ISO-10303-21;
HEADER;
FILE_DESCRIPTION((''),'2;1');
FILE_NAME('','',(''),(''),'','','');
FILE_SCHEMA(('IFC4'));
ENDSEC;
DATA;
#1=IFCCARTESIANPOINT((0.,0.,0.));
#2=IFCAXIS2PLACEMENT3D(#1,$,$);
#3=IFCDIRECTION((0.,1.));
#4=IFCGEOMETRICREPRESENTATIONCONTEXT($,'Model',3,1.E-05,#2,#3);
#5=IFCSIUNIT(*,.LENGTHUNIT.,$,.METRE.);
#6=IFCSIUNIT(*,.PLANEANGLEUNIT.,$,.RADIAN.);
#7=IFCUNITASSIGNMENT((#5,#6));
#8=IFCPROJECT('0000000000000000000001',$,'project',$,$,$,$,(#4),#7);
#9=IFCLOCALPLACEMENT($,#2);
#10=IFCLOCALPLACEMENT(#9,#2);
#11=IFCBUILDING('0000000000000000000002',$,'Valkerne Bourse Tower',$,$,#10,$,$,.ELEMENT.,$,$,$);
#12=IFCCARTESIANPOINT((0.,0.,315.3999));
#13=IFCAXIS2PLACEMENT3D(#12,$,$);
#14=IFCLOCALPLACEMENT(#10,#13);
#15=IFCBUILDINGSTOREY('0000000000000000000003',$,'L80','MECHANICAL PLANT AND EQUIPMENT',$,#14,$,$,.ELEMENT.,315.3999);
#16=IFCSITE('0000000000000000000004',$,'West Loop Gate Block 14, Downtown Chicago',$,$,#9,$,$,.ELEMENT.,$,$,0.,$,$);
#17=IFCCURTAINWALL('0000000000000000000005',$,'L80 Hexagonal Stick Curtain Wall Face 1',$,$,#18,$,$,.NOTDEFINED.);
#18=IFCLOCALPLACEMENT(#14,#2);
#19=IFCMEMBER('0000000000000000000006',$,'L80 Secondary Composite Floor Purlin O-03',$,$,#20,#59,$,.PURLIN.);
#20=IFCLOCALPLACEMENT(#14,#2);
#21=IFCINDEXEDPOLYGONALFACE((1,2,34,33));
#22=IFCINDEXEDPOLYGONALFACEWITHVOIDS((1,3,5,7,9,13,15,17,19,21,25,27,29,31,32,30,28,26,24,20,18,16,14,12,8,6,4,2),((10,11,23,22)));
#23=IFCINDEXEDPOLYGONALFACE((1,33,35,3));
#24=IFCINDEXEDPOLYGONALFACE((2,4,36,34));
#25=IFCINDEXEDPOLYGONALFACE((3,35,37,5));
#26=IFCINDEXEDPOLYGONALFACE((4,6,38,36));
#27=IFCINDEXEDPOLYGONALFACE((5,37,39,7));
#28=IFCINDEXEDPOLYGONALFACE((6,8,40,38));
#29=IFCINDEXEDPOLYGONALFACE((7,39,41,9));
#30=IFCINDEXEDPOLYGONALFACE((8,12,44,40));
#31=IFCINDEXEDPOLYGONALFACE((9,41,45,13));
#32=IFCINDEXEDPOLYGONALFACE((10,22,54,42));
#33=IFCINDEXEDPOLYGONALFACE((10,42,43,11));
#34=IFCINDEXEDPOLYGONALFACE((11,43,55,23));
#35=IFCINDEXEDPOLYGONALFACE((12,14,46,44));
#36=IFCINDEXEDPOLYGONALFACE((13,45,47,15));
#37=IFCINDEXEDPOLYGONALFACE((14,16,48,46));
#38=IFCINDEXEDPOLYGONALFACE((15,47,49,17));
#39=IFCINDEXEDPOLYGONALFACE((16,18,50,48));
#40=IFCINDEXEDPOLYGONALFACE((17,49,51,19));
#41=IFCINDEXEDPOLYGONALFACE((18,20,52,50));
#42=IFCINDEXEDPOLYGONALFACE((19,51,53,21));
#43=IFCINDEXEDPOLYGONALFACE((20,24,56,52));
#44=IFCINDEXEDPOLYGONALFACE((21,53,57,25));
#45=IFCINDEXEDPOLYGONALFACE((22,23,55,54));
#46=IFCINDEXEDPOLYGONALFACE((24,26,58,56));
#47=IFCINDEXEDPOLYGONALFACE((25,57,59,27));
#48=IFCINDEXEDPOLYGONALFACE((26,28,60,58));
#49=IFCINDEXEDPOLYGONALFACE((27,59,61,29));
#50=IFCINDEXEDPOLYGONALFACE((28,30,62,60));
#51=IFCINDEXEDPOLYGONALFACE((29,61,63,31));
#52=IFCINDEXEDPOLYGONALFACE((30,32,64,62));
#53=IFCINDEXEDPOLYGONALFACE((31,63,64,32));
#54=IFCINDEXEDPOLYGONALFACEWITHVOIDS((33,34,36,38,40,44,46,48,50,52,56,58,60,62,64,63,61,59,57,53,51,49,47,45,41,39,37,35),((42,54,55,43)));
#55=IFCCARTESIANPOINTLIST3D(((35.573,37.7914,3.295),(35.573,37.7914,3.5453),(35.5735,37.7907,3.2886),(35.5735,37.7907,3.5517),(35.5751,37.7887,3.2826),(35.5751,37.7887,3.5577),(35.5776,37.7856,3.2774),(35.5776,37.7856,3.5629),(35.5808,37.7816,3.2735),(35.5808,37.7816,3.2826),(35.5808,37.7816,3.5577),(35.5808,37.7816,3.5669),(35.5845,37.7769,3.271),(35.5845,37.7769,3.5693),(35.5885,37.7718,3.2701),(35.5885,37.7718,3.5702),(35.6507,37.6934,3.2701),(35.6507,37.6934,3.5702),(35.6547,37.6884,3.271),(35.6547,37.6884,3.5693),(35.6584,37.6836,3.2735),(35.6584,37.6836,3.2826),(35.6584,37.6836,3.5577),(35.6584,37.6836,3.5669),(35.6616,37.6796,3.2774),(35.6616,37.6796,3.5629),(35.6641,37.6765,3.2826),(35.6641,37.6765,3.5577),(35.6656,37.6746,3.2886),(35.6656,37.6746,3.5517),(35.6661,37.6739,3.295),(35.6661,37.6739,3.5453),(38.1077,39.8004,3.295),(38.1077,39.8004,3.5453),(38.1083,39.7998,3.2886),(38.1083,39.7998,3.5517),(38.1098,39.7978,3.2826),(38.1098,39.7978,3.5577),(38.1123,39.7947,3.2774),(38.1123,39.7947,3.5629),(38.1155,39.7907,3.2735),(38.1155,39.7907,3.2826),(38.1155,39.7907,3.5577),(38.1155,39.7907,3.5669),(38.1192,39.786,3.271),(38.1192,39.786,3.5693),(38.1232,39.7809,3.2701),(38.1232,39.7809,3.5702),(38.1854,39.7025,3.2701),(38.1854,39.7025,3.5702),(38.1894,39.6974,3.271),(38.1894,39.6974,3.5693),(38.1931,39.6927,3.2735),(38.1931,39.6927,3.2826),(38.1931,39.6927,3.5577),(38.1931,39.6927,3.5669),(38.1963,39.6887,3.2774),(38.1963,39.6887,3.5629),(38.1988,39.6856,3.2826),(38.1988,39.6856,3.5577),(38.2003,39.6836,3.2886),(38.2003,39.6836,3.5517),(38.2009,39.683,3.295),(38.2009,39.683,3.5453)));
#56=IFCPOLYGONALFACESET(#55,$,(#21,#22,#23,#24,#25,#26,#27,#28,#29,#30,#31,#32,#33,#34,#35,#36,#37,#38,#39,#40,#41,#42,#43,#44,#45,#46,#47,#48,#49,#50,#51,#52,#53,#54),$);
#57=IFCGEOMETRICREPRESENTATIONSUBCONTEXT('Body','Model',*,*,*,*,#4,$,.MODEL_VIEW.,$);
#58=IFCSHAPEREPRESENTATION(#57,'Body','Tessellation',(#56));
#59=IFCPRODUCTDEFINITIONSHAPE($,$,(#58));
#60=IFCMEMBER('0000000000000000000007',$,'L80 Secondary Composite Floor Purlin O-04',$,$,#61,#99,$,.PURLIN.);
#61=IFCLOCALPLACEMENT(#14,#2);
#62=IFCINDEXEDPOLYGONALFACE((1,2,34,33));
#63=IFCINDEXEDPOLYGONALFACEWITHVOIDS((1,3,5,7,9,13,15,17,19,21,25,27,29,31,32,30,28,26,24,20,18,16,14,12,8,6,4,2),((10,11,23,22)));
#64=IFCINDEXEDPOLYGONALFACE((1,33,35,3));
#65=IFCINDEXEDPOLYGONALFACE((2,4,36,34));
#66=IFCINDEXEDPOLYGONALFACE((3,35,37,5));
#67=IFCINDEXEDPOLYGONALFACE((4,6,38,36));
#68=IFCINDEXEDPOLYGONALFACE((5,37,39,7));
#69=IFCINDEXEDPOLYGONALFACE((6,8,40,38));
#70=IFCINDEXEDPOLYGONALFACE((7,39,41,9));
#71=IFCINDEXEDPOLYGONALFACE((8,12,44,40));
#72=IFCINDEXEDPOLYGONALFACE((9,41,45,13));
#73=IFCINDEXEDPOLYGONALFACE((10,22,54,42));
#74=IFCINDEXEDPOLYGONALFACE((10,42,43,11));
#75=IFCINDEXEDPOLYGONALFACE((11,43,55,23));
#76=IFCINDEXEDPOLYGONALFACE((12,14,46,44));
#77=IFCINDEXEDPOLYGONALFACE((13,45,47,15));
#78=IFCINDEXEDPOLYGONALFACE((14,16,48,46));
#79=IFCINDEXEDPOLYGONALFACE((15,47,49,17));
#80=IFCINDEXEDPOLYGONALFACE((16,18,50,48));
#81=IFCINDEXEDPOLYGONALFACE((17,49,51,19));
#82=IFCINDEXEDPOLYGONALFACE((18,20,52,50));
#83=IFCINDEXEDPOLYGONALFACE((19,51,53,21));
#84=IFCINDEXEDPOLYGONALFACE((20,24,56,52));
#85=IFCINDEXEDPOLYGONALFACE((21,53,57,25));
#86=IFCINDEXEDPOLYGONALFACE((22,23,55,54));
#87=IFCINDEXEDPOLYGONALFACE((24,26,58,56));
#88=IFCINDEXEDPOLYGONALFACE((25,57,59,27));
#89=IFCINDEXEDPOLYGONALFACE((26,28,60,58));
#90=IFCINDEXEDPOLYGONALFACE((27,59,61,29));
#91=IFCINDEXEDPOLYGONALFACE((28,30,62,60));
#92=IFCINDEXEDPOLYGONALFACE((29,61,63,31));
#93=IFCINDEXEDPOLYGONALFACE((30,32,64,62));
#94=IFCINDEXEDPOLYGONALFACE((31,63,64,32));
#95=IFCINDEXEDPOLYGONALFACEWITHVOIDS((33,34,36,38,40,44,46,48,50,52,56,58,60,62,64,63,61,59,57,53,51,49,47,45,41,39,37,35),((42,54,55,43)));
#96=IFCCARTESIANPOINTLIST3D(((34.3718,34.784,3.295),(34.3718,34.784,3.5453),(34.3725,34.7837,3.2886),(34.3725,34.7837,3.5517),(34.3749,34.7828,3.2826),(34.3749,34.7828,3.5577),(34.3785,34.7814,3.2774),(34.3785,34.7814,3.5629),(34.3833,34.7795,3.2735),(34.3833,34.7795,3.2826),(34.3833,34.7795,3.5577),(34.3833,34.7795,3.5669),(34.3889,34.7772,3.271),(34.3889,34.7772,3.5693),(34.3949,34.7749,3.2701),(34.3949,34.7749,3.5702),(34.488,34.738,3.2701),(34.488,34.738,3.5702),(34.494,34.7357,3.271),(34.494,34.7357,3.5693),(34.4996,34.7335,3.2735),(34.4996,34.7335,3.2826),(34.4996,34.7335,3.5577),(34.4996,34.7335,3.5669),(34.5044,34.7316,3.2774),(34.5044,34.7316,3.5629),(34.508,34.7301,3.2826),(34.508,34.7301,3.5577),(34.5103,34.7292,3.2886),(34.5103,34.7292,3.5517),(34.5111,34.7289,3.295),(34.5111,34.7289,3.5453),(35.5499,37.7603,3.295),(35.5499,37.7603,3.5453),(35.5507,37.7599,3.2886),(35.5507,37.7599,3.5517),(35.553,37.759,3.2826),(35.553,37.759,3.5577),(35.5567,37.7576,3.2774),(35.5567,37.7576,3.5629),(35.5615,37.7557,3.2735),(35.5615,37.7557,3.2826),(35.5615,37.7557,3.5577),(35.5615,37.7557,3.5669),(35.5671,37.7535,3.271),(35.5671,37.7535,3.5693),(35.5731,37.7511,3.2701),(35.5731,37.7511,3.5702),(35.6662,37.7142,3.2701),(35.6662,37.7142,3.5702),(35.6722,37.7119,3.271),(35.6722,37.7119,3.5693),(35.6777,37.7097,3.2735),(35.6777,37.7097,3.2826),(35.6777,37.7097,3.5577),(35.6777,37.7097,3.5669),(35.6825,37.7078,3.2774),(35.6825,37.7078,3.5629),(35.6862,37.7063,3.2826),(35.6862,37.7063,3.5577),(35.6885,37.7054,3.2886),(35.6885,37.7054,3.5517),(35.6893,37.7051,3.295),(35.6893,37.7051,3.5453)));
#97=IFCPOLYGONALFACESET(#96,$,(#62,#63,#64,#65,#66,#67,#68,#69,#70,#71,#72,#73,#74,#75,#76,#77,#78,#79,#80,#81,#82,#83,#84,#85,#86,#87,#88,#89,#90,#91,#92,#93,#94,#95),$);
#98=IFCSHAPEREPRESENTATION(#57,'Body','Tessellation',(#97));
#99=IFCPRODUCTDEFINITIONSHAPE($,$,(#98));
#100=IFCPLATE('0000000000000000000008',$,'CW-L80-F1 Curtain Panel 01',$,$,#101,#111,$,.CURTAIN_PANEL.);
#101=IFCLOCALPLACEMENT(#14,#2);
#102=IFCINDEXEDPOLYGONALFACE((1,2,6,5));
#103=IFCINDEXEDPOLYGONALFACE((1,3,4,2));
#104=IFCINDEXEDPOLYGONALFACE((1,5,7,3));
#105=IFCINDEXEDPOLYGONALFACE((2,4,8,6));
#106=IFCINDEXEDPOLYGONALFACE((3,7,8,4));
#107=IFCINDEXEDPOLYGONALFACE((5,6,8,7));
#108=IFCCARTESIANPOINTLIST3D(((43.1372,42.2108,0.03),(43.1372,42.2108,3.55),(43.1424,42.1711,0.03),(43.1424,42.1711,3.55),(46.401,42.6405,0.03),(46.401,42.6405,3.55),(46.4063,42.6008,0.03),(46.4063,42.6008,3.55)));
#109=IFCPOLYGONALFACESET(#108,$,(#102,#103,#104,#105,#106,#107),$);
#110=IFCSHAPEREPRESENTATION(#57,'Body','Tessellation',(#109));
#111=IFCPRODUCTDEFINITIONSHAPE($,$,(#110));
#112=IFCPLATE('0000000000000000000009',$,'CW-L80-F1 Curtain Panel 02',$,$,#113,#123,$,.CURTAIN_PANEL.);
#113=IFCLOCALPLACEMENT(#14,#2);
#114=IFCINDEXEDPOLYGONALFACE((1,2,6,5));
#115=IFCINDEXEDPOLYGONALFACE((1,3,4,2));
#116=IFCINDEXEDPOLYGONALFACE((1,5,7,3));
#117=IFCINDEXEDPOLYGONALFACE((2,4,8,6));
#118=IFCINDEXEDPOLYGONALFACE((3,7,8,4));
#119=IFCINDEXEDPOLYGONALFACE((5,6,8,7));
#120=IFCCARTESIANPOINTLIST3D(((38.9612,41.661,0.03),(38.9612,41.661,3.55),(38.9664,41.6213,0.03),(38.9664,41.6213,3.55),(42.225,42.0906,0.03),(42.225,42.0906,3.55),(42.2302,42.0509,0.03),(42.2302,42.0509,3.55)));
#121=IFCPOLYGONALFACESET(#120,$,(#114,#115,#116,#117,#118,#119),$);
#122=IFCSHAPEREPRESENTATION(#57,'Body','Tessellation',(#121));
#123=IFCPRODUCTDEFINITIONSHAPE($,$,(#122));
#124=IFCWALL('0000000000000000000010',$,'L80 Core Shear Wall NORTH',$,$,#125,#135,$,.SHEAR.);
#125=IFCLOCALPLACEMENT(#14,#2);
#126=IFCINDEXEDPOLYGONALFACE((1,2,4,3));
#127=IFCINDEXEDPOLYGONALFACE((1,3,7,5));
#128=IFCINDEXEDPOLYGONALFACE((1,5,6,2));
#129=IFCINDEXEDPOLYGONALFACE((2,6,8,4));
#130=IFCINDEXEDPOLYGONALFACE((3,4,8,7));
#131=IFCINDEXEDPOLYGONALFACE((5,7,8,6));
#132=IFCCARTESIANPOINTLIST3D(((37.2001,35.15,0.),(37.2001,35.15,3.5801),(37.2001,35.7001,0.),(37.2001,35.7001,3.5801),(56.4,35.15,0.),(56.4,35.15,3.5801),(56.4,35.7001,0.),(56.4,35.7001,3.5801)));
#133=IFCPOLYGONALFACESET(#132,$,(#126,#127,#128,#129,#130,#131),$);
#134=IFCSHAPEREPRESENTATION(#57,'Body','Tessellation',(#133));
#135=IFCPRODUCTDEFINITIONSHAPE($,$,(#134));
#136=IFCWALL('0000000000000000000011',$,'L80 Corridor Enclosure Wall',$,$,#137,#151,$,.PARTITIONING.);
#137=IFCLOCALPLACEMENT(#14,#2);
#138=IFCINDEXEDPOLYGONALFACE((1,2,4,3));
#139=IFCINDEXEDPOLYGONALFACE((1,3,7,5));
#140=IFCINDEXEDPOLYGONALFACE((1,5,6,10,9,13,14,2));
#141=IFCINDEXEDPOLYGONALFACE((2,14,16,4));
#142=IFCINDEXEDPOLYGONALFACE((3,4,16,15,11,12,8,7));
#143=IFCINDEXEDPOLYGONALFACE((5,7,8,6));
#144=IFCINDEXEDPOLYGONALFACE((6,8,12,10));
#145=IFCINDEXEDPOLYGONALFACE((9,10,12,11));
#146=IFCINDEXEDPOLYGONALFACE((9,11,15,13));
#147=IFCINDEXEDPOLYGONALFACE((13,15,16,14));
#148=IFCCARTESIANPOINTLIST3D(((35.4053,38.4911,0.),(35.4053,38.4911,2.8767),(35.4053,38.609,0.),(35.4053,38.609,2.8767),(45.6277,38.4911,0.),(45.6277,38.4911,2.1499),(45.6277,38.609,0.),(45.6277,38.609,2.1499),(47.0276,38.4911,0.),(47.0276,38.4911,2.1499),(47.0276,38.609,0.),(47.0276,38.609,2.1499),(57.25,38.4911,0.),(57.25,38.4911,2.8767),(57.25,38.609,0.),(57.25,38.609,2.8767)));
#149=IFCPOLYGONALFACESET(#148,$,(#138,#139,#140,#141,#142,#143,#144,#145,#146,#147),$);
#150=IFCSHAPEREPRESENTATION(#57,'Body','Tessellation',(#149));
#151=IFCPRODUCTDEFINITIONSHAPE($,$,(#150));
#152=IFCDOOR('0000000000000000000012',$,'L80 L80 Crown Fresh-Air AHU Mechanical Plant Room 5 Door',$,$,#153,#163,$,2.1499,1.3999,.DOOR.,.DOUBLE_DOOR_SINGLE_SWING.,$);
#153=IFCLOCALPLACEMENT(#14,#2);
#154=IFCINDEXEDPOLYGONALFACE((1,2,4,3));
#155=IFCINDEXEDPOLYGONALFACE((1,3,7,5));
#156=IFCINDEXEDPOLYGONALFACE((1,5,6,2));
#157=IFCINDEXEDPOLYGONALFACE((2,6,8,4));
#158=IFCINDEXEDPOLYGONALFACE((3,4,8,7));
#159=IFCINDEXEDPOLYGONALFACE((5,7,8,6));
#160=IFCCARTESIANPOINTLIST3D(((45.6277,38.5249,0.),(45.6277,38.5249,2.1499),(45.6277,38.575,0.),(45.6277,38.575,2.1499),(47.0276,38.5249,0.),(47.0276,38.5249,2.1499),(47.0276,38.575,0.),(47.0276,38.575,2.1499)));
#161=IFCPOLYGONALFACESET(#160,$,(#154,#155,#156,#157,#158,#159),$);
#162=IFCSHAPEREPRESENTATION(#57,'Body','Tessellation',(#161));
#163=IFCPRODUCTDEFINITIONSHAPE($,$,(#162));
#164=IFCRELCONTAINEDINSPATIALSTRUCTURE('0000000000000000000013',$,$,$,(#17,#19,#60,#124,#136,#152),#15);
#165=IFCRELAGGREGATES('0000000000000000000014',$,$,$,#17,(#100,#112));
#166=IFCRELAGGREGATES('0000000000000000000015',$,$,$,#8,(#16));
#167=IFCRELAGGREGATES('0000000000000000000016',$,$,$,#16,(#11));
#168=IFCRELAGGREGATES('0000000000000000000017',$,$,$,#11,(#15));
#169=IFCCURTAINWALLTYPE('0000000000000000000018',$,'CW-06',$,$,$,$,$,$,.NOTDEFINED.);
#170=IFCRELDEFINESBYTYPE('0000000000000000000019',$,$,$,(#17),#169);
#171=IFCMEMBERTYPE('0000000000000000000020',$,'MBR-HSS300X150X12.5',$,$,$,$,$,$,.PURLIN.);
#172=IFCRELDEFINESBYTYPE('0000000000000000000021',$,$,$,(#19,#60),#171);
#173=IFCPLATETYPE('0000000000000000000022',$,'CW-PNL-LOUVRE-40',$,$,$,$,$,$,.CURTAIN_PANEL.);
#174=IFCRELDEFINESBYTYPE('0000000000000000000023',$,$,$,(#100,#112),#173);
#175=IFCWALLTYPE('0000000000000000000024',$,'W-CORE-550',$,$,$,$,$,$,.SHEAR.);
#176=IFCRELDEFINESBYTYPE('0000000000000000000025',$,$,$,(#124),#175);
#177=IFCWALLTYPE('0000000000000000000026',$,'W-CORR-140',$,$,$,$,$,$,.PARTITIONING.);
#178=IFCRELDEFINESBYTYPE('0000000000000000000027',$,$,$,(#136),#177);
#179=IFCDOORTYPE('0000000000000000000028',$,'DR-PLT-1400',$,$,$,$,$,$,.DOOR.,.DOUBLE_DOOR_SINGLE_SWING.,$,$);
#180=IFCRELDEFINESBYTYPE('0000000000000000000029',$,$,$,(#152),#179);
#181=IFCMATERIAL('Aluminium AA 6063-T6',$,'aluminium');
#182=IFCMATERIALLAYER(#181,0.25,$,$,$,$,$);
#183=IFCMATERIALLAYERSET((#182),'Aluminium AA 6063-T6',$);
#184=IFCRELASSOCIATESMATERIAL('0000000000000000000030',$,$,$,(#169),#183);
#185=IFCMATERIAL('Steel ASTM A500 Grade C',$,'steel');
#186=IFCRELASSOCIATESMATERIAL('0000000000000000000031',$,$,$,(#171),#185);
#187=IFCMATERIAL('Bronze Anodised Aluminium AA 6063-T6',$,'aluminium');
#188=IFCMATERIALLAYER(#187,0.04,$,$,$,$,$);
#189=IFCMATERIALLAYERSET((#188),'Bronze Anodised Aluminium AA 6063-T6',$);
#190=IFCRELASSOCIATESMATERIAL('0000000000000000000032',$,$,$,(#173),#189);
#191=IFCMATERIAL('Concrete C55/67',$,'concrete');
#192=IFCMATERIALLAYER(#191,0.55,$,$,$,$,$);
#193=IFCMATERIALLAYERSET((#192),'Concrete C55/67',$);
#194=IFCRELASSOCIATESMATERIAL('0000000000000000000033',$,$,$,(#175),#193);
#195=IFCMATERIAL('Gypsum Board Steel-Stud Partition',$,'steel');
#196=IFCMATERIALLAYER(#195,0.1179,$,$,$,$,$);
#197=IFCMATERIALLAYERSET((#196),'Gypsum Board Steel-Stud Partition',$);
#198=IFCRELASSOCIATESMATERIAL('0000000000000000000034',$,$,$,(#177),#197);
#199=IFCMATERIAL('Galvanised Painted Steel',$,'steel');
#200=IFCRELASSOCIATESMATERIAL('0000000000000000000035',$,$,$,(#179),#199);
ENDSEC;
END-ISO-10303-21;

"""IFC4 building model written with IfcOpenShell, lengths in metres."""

from ifc_helpers import new_model, si_unit, direction, frame, frame_2d, origin, origin_2d, place, context, subcontext, project, spatial, rectangle, hollow_rectangle, extrude, material, layer, layer_set, material_profile, profile_set, type_object, element, fill, aggregate, save


model = new_model("IFC4")

# Units and contexts
model_context = context("Model", 3, precision=1e-05, world=origin(), true_north=direction((0.0, 1.0)))
body_context = subcontext(model_context, "Body", "Model", "MODEL_VIEW")
ifc_project = project(units=[si_unit("LENGTHUNIT", "METRE"), si_unit("PLANEANGLEUNIT", "RADIAN")], contexts=[model_context])

# Site, building, storey
site_placement = place(None, origin())
site = spatial("IfcSite", under=ifc_project, at=site_placement, Name="West Loop Gate Block 14, Downtown Chicago", CompositionType="ELEMENT", RefElevation=0.0)
building_placement = place(site_placement, origin())
building = spatial("IfcBuilding", under=site, at=building_placement, Name="Valkerne Bourse Tower", CompositionType="ELEMENT")
storey_placement = place(building_placement, frame((0.0, 0.0, 315.3999)))
storey = spatial("IfcBuildingStorey", under=building, at=storey_placement, Name="L80", Description="MECHANICAL PLANT AND EQUIPMENT", CompositionType="ELEMENT", Elevation=315.3999)

# Shared definitions
ifc_material_1 = material(Name="Steel ASTM A500 Grade C", Category="steel")

# Curtain wall
ifc_material_2 = material(Name="Aluminium AA 6063-T6", Category="aluminium")
ifc_layer_1 = layer(ifc_material_2, 0.25)
ifc_layer_set_1 = layer_set([ifc_layer_1], Name="Aluminium AA 6063-T6")
curtain_wall_type = type_object("IfcCurtainWallType", Name="CW-06", PredefinedType="NOTDEFINED", material=ifc_layer_set_1)
curtain_wall_placement = place(storey_placement, origin())
curtain_wall = element("IfcCurtainWall", 1, at=curtain_wall_placement, inside=storey, type_object=curtain_wall_type, Name="L80 Hexagonal Stick Curtain Wall Face 1", PredefinedType="NOTDEFINED")

# Members
ifc_material_profile_1 = material_profile(ifc_material_1, hollow_rectangle(XDim=0.1499, YDim=0.3, WallThickness=0.0125, OuterFilletRadius=0.0249, at=origin_2d()), Name="HSS300X150X12.5")
ifc_profile_set_1 = profile_set([ifc_material_profile_1], Name="Steel ASTM A500 Grade C")
member_type_1 = type_object("IfcMemberType", Name="MBR-HSS300X150X12.5", PredefinedType="PURLIN", material=ifc_profile_set_1)
member_1_placement = place(storey_placement, frame((38.1543, 39.7417, 3.4202), z_axis=(-0.783681, -0.621163, 0.0), x_axis=(0.621163, -0.783681, 0.0)))
element("IfcMember", 2, at=member_1_placement, inside=storey, type_object=member_type_1, Name="L80 Secondary Composite Floor Purlin O-03", PredefinedType="PURLIN", context=body_context, shape_type="SweptSolid", body=[
    extrude(hollow_rectangle(XDim=0.1499, YDim=0.3, WallThickness=0.0125, OuterFilletRadius=0.0249, at=origin_2d()), origin(), (0.0, 0.0, 1.0), 3.2344),
])
member_2_placement = place(storey_placement, frame((35.6196, 37.7327, 3.4202), z_axis=(-0.368075, -0.929796, 0.0), x_axis=(0.929796, -0.368075, 0.0)))
element("IfcMember", 3, at=member_2_placement, inside=storey, type_object=member_type_1, Name="L80 Secondary Composite Floor Purlin O-04", PredefinedType="PURLIN", context=body_context, shape_type="SweptSolid", body=[
    extrude(hollow_rectangle(XDim=0.1499, YDim=0.3, WallThickness=0.0125, OuterFilletRadius=0.0249, at=origin_2d()), origin(), (0.0, 0.0, 1.0), 3.2009),
])

# Plates
ifc_material_3 = material(Name="Bronze Anodised Aluminium AA 6063-T6", Category="aluminium")
ifc_layer_2 = layer(ifc_material_3, 0.04)
ifc_layer_set_2 = layer_set([ifc_layer_2], Name="Bronze Anodised Aluminium AA 6063-T6")
plate_type = type_object("IfcPlateType", Name="CW-PNL-LOUVRE-40", PredefinedType="CURTAIN_PANEL", material=ifc_layer_set_2)
plate_1_placement = place(storey_placement, frame((44.7717, 42.4058, 0.03), z_axis=(0.0, 0.0, 1.0), x_axis=(-0.991444, -0.130534, 0.0)))
plate_1 = element("IfcPlate", 4, at=plate_1_placement, type_object=plate_type, Name="CW-L80-F1 Curtain Panel 01", PredefinedType="CURTAIN_PANEL", context=body_context, shape_type="SweptSolid", body=[
    extrude(rectangle(XDim=3.292, YDim=0.04, at=origin_2d()), origin(), (0.0, 0.0, 1.0), 3.52),
])
plate_2_placement = place(storey_placement, frame((40.5957, 41.856, 0.03), z_axis=(0.0, 0.0, 1.0), x_axis=(-0.991447, -0.130507, 0.0)))
plate_2 = element("IfcPlate", 5, at=plate_2_placement, type_object=plate_type, Name="CW-L80-F1 Curtain Panel 02", PredefinedType="CURTAIN_PANEL", context=body_context, shape_type="SweptSolid", body=[
    extrude(rectangle(XDim=3.292, YDim=0.04, at=origin_2d()), origin(), (0.0, 0.0, 1.0), 3.52),
])
aggregate(curtain_wall, [plate_1, plate_2])

# Wall
ifc_material_4 = material(Name="Concrete C55/67", Category="concrete")
ifc_layer_3 = layer(ifc_material_4, 0.55)
ifc_layer_set_3 = layer_set([ifc_layer_3], Name="Concrete C55/67")
wall_type_1 = type_object("IfcWallType", Name="W-CORE-550", PredefinedType="SHEAR", material=ifc_layer_set_3)
wall_1_placement = place(storey_placement, frame((37.2, 35.425, 0.0), z_axis=(0.0, 0.0, 1.0), x_axis=(1.0, 0.0, 0.0)))
element("IfcWall", 6, at=wall_1_placement, inside=storey, type_object=wall_type_1, Name="L80 Core Shear Wall NORTH", PredefinedType="SHEAR", context=body_context, shape_type="SweptSolid", body=[
    extrude(rectangle(XDim=19.2, YDim=0.55, at=frame_2d((9.6001, 0.0))), origin(), (0.0, 0.0, 1.0), 3.5801),
])

# Wall, opening, door
ifc_material_5 = material(Name="Gypsum Board Steel-Stud Partition", Category="steel")
ifc_layer_4 = layer(ifc_material_5, 0.1179)
ifc_layer_set_4 = layer_set([ifc_layer_4], Name="Gypsum Board Steel-Stud Partition")
wall_type_2 = type_object("IfcWallType", Name="W-CORR-140", PredefinedType="PARTITIONING", material=ifc_layer_set_4)
wall_2_placement = place(storey_placement, frame((35.4053, 38.55, 0.0), z_axis=(0.0, 0.0, 1.0), x_axis=(1.0, 0.0, 0.0)))
wall_2 = element("IfcWall", 7, at=wall_2_placement, inside=storey, type_object=wall_type_2, Name="L80 Corridor Enclosure Wall", PredefinedType="PARTITIONING", context=body_context, shape_type="SweptSolid", body=[
    extrude(rectangle(XDim=21.8447, YDim=0.1179, at=frame_2d((10.9224, 0.0))), origin(), (0.0, 0.0, 1.0), 2.8767),
])
opening_1_placement = place(wall_2_placement, frame((10.2224, 0.0, 0.0)))
opening_1 = element("IfcOpeningElement", 8, at=opening_1_placement, cuts=wall_2, PredefinedType="OPENING", context=body_context, shape_type="SweptSolid", body=[
    extrude(rectangle(XDim=1.3999, YDim=2.1499, at=frame_2d((0.7, 1.075))), frame((0.0, 0.0688, 0.0), z_axis=(0.0, -1.0, 0.0), x_axis=(1.0, 0.0, 0.0)), (0.0, 0.0, 1.0), 0.1379),
])
ifc_material_6 = material(Name="Galvanised Painted Steel", Category="steel")
door_type_1 = type_object("IfcDoorType", Name="DR-PLT-1400", OperationType="DOUBLE_DOOR_SINGLE_SWING", PredefinedType="DOOR", material=ifc_material_6)
door_1_placement = place(opening_1_placement, origin())
door_1 = element("IfcDoor", 9, at=door_1_placement, inside=storey, type_object=door_type_1, Name="L80 L80 Crown Fresh-Air AHU Mechanical Plant Room 5 Door", OperationType="DOUBLE_DOOR_SINGLE_SWING", OverallHeight=2.1499, OverallWidth=1.3999, PredefinedType="DOOR", context=body_context, shape_type="SweptSolid", body=[
    extrude(rectangle(XDim=1.3999, YDim=2.1499, at=frame_2d((0.7, 1.075))), frame((0.0, 0.0249, 0.0), z_axis=(0.0, -1.0, 0.0), x_axis=(1.0, 0.0, 0.0)), (0.0, 0.0, 1.0), 0.05),
])
fill(opening_1, door_1)

save(model, "model.ifc")
